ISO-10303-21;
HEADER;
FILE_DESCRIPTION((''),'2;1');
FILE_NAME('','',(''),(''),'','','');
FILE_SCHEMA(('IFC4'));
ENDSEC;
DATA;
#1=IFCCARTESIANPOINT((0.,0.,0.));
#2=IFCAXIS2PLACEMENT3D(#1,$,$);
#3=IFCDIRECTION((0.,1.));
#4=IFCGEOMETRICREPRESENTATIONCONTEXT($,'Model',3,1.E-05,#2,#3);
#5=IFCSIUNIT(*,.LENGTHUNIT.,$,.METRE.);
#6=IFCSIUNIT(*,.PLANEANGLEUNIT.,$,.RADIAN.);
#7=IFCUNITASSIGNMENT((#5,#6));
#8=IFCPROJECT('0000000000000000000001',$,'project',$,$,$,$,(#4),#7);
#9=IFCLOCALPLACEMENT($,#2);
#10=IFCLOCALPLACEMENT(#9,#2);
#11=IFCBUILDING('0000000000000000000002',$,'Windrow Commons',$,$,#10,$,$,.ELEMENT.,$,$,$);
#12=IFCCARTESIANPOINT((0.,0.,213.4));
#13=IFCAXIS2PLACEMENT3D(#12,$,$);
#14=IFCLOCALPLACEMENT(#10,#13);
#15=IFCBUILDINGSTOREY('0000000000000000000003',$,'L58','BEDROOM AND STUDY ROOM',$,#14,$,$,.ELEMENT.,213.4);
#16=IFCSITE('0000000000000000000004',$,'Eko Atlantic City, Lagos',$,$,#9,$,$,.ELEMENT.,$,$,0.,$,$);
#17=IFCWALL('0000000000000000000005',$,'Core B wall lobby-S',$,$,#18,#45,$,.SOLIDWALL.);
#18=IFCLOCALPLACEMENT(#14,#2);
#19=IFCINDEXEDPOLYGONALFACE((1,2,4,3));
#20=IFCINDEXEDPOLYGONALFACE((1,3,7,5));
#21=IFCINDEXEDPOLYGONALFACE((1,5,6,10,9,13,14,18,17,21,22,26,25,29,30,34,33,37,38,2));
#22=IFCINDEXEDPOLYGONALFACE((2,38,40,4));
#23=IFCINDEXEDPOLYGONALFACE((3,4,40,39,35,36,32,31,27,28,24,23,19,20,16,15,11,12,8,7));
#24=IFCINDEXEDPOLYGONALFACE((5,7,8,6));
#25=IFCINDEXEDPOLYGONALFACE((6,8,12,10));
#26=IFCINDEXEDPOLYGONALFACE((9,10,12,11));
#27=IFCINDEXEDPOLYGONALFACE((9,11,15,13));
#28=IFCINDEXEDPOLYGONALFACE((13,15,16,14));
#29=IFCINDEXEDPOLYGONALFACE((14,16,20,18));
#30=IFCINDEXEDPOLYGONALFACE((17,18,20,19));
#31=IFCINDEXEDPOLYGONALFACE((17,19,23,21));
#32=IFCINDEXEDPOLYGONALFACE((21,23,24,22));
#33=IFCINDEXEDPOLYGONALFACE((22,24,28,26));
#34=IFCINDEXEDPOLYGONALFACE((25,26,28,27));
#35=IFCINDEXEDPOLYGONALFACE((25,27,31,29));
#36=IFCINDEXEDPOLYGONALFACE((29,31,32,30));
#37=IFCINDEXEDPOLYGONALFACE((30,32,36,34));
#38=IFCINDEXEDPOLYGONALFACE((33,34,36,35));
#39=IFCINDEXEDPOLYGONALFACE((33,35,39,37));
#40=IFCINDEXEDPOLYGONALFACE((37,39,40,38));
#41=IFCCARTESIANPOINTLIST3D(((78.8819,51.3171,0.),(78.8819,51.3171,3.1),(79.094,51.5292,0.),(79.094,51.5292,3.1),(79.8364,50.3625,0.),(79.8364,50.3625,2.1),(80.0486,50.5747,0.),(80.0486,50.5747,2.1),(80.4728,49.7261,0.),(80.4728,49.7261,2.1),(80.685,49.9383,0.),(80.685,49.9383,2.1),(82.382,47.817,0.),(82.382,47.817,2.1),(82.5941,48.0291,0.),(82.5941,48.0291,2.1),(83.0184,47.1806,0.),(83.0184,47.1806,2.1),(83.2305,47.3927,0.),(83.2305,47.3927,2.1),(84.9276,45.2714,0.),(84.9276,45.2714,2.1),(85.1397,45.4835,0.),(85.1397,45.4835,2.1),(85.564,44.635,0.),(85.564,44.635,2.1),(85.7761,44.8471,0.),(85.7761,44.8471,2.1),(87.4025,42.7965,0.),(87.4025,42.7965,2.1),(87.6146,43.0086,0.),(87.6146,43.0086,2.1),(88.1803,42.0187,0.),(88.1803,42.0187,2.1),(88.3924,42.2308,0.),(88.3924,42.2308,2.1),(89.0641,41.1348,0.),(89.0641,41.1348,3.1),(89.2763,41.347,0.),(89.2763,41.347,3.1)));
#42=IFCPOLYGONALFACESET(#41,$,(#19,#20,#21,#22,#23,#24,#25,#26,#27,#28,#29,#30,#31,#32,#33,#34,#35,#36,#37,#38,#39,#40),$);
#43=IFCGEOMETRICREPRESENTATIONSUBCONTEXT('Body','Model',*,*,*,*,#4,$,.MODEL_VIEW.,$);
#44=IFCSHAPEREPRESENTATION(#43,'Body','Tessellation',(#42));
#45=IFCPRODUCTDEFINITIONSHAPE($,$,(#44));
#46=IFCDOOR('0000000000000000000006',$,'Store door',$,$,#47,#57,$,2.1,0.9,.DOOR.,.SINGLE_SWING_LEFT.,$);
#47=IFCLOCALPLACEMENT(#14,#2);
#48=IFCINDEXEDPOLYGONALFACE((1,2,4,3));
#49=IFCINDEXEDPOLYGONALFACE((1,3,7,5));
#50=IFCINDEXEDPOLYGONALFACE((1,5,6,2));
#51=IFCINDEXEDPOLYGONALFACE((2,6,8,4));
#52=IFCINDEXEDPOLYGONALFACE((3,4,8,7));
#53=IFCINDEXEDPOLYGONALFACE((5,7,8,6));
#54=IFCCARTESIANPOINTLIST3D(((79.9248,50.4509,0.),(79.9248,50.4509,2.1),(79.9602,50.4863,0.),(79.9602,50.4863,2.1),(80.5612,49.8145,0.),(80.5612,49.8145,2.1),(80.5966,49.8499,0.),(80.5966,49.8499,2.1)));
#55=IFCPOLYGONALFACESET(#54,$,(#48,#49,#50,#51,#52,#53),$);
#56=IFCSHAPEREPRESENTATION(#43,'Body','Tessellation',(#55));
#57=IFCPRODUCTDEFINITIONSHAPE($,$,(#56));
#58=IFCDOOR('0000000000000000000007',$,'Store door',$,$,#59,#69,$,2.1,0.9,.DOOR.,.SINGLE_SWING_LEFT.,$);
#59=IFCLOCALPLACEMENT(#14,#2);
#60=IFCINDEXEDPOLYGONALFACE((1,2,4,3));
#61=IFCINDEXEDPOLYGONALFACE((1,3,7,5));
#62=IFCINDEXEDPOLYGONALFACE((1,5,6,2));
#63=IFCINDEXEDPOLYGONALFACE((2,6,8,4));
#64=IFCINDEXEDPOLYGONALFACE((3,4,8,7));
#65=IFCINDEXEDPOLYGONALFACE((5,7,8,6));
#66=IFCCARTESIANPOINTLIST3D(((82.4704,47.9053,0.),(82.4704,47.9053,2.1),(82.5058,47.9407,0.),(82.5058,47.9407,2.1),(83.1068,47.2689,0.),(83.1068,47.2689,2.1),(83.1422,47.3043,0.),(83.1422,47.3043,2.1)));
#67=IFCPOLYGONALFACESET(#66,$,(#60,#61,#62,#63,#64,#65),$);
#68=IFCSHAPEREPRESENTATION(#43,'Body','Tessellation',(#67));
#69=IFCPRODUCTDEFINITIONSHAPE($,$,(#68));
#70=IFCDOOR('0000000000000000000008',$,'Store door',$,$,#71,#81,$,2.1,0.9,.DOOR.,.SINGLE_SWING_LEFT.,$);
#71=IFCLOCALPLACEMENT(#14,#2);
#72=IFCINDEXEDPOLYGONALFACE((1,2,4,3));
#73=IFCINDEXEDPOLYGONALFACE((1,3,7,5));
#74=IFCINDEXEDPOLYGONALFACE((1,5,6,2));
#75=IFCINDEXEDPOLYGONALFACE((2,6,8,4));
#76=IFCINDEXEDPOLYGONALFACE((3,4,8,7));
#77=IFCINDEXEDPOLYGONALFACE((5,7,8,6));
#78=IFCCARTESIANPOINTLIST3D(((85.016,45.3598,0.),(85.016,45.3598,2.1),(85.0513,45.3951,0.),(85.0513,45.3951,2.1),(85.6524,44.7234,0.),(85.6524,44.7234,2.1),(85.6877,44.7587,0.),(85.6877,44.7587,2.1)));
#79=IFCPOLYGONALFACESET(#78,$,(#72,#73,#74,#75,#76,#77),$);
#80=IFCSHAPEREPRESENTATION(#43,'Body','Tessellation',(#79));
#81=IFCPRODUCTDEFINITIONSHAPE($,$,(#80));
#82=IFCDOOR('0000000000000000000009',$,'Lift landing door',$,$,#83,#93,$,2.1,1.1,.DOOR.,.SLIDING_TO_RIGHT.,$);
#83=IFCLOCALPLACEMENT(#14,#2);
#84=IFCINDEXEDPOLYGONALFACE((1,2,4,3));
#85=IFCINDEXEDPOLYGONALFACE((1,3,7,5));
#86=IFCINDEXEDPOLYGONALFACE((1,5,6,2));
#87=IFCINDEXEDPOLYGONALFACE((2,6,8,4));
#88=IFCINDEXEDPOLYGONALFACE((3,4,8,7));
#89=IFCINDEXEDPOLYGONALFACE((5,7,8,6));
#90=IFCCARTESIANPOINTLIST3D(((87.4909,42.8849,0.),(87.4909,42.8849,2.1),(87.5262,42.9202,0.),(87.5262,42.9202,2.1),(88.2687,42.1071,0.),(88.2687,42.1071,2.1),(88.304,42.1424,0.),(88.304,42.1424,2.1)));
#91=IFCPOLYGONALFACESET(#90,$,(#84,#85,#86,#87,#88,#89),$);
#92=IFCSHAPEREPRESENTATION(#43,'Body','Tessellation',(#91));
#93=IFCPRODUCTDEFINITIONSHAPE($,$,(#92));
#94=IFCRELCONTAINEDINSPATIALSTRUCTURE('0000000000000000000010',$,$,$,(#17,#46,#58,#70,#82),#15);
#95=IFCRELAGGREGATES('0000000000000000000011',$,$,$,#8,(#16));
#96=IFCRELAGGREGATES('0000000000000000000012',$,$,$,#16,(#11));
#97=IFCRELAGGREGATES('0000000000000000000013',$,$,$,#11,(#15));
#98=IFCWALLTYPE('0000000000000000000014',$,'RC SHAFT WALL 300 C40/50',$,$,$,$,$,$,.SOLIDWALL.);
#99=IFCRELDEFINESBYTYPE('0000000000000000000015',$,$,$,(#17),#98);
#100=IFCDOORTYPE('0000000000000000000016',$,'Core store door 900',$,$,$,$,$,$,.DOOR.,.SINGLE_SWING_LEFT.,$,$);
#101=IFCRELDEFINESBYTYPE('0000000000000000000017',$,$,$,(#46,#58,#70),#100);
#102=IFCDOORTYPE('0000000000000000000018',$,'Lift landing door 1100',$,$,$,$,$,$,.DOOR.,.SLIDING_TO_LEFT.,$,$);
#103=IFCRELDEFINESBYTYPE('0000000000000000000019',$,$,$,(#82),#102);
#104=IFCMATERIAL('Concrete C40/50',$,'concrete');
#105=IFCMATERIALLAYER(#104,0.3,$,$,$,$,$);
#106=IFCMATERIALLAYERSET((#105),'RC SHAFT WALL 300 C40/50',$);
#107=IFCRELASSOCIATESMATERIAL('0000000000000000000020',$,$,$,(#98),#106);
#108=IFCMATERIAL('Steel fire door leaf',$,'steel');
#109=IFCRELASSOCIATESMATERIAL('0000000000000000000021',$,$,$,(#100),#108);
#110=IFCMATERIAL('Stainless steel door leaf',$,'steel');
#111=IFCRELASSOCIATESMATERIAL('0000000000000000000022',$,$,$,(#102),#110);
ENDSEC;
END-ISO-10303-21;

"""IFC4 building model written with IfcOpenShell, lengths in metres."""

from ifc_helpers import new_model, si_unit, direction, frame, frame_2d, origin, place, context, subcontext, project, spatial, rectangle, extrude, material, layer, layer_set, type_object, element, fill, save


model = new_model("IFC4")

# Units and contexts
model_context = context("Model", 3, precision=1e-05, world=origin(), true_north=direction((0.0, 1.0)))
body_context = subcontext(model_context, "Body", "Model", "MODEL_VIEW")
ifc_project = project(units=[si_unit("LENGTHUNIT", "METRE"), si_unit("PLANEANGLEUNIT", "RADIAN")], contexts=[model_context])

# Site, building, storey
site_placement = place(None, origin())
site = spatial("IfcSite", under=ifc_project, at=site_placement, Name="Eko Atlantic City, Lagos", CompositionType="ELEMENT", RefElevation=0.0)
building_placement = place(site_placement, origin())
building = spatial("IfcBuilding", under=site, at=building_placement, Name="Windrow Commons", CompositionType="ELEMENT")
storey_placement = place(building_placement, frame((0.0, 0.0, 213.4)))
storey = spatial("IfcBuildingStorey", under=building, at=storey_placement, Name="L58", Description="BEDROOM AND STUDY ROOM", CompositionType="ELEMENT", Elevation=213.4)

# Shared definitions
ifc_material_1 = material(Name="Concrete C40/50", Category="concrete")
ifc_layer_1 = layer(ifc_material_1, 0.3)
ifc_layer_set_1 = layer_set([ifc_layer_1], Name="RC SHAFT WALL 300 C40/50")
wall_type_1 = type_object("IfcWallType", Name="RC SHAFT WALL 300 C40/50", PredefinedType="SOLIDWALL", material=ifc_layer_set_1)

# Wall, openings, doors
wall_1_placement = place(storey_placement, frame((78.9879, 51.4232, 0.0), z_axis=(0.0, 0.0, 1.0), x_axis=(0.707107, -0.707107, 0.0)))
wall_1 = element("IfcWall", 1, at=wall_1_placement, inside=storey, type_object=wall_type_1, Name="Core B wall lobby-S", PredefinedType="SOLIDWALL", context=body_context, shape_type="SweptSolid", body=[
    extrude(rectangle(XDim=14.3999, YDim=0.3, at=frame_2d((7.2, 0.0))), origin(), (0.0, 0.0, 1.0), 3.1),
])
opening_1_placement = place(wall_1_placement, frame((1.35, 0.0, 0.0)))
opening_1 = element("IfcOpeningElement", 2, at=opening_1_placement, cuts=wall_1, PredefinedType="OPENING", context=body_context, shape_type="SweptSolid", body=[
    extrude(rectangle(XDim=0.9, YDim=2.1, at=frame_2d((0.45, 1.05))), frame((0.0, 0.16, 0.0), z_axis=(0.0, -1.0, 0.0), x_axis=(1.0, 0.0, 0.0)), (0.0, 0.0, 1.0), 0.32),
])
opening_2_placement = place(wall_1_placement, frame((4.95, 0.0, 0.0)))
opening_2 = element("IfcOpeningElement", 3, at=opening_2_placement, cuts=wall_1, PredefinedType="OPENING", context=body_context, shape_type="SweptSolid", body=[
    extrude(rectangle(XDim=0.9, YDim=2.1, at=frame_2d((0.45, 1.05))), frame((0.0, 0.16, 0.0), z_axis=(0.0, -1.0, 0.0), x_axis=(1.0, 0.0, 0.0)), (0.0, 0.0, 1.0), 0.32),
])
opening_3_placement = place(wall_1_placement, frame((8.55, 0.0, 0.0)))
opening_3 = element("IfcOpeningElement", 4, at=opening_3_placement, cuts=wall_1, PredefinedType="OPENING", context=body_context, shape_type="SweptSolid", body=[
    extrude(rectangle(XDim=0.9, YDim=2.1, at=frame_2d((0.45, 1.05))), frame((0.0, 0.16, 0.0), z_axis=(0.0, -1.0, 0.0), x_axis=(1.0, 0.0, 0.0)), (0.0, 0.0, 1.0), 0.32),
])
opening_4_placement = place(wall_1_placement, frame((12.05, 0.0, 0.0)))
opening_4 = element("IfcOpeningElement", 5, at=opening_4_placement, cuts=wall_1, PredefinedType="OPENING", context=body_context, shape_type="SweptSolid", body=[
    extrude(rectangle(XDim=1.1, YDim=2.1, at=frame_2d((0.55, 1.05))), frame((0.0, 0.16, 0.0), z_axis=(0.0, -1.0, 0.0), x_axis=(1.0, 0.0, 0.0)), (0.0, 0.0, 1.0), 0.32),
])
ifc_material_2 = material(Name="Steel fire door leaf", Category="steel")
door_type_1 = type_object("IfcDoorType", Name="Core store door 900", OperationType="SINGLE_SWING_LEFT", PredefinedType="DOOR", material=ifc_material_2)
door_1_placement = place(opening_1_placement, origin())
door_1 = element("IfcDoor", 6, at=door_1_placement, inside=storey, type_object=door_type_1, Name="Store door", OperationType="SINGLE_SWING_LEFT", OverallHeight=2.1, OverallWidth=0.9, PredefinedType="DOOR", context=body_context, shape_type="SweptSolid", body=[
    extrude(rectangle(XDim=0.9, YDim=2.1, at=frame_2d((0.45, 1.05))), frame((0.0, 0.025, 0.0), z_axis=(0.0, -1.0, 0.0), x_axis=(1.0, 0.0, 0.0)), (0.0, 0.0, 1.0), 0.05),
])
fill(opening_1, door_1)
door_2_placement = place(opening_2_placement, origin())
door_2 = element("IfcDoor", 7, at=door_2_placement, inside=storey, type_object=door_type_1, Name="Store door", OperationType="SINGLE_SWING_LEFT", OverallHeight=2.1, OverallWidth=0.9, PredefinedType="DOOR", context=body_context, shape_type="SweptSolid", body=[
    extrude(rectangle(XDim=0.9, YDim=2.1, at=frame_2d((0.45, 1.05))), frame((0.0, 0.025, 0.0), z_axis=(0.0, -1.0, 0.0), x_axis=(1.0, 0.0, 0.0)), (0.0, 0.0, 1.0), 0.05),
])
fill(opening_2, door_2)
door_3_placement = place(opening_3_placement, origin())
door_3 = element("IfcDoor", 8, at=door_3_placement, inside=storey, type_object=door_type_1, Name="Store door", OperationType="SINGLE_SWING_LEFT", OverallHeight=2.1, OverallWidth=0.9, PredefinedType="DOOR", context=body_context, shape_type="SweptSolid", body=[
    extrude(rectangle(XDim=0.9, YDim=2.1, at=frame_2d((0.45, 1.05))), frame((0.0, 0.025, 0.0), z_axis=(0.0, -1.0, 0.0), x_axis=(1.0, 0.0, 0.0)), (0.0, 0.0, 1.0), 0.05),
])
fill(opening_3, door_3)
ifc_material_3 = material(Name="Stainless steel door leaf", Category="steel")
door_type_2 = type_object("IfcDoorType", Name="Lift landing door 1100", OperationType="SLIDING_TO_LEFT", PredefinedType="DOOR", material=ifc_material_3)
door_4_placement = place(opening_4_placement, origin())
door_4 = element("IfcDoor", 9, at=door_4_placement, inside=storey, type_object=door_type_2, Name="Lift landing door", OperationType="SLIDING_TO_RIGHT", OverallHeight=2.1, OverallWidth=1.1, PredefinedType="DOOR", context=body_context, shape_type="SweptSolid", body=[
    extrude(rectangle(XDim=1.1, YDim=2.1, at=frame_2d((0.55, 1.05))), frame((0.0, 0.025, 0.0), z_axis=(0.0, -1.0, 0.0), x_axis=(1.0, 0.0, 0.0)), (0.0, 0.0, 1.0), 0.05),
])
fill(opening_4, door_4)

save(model, "model.ifc")
